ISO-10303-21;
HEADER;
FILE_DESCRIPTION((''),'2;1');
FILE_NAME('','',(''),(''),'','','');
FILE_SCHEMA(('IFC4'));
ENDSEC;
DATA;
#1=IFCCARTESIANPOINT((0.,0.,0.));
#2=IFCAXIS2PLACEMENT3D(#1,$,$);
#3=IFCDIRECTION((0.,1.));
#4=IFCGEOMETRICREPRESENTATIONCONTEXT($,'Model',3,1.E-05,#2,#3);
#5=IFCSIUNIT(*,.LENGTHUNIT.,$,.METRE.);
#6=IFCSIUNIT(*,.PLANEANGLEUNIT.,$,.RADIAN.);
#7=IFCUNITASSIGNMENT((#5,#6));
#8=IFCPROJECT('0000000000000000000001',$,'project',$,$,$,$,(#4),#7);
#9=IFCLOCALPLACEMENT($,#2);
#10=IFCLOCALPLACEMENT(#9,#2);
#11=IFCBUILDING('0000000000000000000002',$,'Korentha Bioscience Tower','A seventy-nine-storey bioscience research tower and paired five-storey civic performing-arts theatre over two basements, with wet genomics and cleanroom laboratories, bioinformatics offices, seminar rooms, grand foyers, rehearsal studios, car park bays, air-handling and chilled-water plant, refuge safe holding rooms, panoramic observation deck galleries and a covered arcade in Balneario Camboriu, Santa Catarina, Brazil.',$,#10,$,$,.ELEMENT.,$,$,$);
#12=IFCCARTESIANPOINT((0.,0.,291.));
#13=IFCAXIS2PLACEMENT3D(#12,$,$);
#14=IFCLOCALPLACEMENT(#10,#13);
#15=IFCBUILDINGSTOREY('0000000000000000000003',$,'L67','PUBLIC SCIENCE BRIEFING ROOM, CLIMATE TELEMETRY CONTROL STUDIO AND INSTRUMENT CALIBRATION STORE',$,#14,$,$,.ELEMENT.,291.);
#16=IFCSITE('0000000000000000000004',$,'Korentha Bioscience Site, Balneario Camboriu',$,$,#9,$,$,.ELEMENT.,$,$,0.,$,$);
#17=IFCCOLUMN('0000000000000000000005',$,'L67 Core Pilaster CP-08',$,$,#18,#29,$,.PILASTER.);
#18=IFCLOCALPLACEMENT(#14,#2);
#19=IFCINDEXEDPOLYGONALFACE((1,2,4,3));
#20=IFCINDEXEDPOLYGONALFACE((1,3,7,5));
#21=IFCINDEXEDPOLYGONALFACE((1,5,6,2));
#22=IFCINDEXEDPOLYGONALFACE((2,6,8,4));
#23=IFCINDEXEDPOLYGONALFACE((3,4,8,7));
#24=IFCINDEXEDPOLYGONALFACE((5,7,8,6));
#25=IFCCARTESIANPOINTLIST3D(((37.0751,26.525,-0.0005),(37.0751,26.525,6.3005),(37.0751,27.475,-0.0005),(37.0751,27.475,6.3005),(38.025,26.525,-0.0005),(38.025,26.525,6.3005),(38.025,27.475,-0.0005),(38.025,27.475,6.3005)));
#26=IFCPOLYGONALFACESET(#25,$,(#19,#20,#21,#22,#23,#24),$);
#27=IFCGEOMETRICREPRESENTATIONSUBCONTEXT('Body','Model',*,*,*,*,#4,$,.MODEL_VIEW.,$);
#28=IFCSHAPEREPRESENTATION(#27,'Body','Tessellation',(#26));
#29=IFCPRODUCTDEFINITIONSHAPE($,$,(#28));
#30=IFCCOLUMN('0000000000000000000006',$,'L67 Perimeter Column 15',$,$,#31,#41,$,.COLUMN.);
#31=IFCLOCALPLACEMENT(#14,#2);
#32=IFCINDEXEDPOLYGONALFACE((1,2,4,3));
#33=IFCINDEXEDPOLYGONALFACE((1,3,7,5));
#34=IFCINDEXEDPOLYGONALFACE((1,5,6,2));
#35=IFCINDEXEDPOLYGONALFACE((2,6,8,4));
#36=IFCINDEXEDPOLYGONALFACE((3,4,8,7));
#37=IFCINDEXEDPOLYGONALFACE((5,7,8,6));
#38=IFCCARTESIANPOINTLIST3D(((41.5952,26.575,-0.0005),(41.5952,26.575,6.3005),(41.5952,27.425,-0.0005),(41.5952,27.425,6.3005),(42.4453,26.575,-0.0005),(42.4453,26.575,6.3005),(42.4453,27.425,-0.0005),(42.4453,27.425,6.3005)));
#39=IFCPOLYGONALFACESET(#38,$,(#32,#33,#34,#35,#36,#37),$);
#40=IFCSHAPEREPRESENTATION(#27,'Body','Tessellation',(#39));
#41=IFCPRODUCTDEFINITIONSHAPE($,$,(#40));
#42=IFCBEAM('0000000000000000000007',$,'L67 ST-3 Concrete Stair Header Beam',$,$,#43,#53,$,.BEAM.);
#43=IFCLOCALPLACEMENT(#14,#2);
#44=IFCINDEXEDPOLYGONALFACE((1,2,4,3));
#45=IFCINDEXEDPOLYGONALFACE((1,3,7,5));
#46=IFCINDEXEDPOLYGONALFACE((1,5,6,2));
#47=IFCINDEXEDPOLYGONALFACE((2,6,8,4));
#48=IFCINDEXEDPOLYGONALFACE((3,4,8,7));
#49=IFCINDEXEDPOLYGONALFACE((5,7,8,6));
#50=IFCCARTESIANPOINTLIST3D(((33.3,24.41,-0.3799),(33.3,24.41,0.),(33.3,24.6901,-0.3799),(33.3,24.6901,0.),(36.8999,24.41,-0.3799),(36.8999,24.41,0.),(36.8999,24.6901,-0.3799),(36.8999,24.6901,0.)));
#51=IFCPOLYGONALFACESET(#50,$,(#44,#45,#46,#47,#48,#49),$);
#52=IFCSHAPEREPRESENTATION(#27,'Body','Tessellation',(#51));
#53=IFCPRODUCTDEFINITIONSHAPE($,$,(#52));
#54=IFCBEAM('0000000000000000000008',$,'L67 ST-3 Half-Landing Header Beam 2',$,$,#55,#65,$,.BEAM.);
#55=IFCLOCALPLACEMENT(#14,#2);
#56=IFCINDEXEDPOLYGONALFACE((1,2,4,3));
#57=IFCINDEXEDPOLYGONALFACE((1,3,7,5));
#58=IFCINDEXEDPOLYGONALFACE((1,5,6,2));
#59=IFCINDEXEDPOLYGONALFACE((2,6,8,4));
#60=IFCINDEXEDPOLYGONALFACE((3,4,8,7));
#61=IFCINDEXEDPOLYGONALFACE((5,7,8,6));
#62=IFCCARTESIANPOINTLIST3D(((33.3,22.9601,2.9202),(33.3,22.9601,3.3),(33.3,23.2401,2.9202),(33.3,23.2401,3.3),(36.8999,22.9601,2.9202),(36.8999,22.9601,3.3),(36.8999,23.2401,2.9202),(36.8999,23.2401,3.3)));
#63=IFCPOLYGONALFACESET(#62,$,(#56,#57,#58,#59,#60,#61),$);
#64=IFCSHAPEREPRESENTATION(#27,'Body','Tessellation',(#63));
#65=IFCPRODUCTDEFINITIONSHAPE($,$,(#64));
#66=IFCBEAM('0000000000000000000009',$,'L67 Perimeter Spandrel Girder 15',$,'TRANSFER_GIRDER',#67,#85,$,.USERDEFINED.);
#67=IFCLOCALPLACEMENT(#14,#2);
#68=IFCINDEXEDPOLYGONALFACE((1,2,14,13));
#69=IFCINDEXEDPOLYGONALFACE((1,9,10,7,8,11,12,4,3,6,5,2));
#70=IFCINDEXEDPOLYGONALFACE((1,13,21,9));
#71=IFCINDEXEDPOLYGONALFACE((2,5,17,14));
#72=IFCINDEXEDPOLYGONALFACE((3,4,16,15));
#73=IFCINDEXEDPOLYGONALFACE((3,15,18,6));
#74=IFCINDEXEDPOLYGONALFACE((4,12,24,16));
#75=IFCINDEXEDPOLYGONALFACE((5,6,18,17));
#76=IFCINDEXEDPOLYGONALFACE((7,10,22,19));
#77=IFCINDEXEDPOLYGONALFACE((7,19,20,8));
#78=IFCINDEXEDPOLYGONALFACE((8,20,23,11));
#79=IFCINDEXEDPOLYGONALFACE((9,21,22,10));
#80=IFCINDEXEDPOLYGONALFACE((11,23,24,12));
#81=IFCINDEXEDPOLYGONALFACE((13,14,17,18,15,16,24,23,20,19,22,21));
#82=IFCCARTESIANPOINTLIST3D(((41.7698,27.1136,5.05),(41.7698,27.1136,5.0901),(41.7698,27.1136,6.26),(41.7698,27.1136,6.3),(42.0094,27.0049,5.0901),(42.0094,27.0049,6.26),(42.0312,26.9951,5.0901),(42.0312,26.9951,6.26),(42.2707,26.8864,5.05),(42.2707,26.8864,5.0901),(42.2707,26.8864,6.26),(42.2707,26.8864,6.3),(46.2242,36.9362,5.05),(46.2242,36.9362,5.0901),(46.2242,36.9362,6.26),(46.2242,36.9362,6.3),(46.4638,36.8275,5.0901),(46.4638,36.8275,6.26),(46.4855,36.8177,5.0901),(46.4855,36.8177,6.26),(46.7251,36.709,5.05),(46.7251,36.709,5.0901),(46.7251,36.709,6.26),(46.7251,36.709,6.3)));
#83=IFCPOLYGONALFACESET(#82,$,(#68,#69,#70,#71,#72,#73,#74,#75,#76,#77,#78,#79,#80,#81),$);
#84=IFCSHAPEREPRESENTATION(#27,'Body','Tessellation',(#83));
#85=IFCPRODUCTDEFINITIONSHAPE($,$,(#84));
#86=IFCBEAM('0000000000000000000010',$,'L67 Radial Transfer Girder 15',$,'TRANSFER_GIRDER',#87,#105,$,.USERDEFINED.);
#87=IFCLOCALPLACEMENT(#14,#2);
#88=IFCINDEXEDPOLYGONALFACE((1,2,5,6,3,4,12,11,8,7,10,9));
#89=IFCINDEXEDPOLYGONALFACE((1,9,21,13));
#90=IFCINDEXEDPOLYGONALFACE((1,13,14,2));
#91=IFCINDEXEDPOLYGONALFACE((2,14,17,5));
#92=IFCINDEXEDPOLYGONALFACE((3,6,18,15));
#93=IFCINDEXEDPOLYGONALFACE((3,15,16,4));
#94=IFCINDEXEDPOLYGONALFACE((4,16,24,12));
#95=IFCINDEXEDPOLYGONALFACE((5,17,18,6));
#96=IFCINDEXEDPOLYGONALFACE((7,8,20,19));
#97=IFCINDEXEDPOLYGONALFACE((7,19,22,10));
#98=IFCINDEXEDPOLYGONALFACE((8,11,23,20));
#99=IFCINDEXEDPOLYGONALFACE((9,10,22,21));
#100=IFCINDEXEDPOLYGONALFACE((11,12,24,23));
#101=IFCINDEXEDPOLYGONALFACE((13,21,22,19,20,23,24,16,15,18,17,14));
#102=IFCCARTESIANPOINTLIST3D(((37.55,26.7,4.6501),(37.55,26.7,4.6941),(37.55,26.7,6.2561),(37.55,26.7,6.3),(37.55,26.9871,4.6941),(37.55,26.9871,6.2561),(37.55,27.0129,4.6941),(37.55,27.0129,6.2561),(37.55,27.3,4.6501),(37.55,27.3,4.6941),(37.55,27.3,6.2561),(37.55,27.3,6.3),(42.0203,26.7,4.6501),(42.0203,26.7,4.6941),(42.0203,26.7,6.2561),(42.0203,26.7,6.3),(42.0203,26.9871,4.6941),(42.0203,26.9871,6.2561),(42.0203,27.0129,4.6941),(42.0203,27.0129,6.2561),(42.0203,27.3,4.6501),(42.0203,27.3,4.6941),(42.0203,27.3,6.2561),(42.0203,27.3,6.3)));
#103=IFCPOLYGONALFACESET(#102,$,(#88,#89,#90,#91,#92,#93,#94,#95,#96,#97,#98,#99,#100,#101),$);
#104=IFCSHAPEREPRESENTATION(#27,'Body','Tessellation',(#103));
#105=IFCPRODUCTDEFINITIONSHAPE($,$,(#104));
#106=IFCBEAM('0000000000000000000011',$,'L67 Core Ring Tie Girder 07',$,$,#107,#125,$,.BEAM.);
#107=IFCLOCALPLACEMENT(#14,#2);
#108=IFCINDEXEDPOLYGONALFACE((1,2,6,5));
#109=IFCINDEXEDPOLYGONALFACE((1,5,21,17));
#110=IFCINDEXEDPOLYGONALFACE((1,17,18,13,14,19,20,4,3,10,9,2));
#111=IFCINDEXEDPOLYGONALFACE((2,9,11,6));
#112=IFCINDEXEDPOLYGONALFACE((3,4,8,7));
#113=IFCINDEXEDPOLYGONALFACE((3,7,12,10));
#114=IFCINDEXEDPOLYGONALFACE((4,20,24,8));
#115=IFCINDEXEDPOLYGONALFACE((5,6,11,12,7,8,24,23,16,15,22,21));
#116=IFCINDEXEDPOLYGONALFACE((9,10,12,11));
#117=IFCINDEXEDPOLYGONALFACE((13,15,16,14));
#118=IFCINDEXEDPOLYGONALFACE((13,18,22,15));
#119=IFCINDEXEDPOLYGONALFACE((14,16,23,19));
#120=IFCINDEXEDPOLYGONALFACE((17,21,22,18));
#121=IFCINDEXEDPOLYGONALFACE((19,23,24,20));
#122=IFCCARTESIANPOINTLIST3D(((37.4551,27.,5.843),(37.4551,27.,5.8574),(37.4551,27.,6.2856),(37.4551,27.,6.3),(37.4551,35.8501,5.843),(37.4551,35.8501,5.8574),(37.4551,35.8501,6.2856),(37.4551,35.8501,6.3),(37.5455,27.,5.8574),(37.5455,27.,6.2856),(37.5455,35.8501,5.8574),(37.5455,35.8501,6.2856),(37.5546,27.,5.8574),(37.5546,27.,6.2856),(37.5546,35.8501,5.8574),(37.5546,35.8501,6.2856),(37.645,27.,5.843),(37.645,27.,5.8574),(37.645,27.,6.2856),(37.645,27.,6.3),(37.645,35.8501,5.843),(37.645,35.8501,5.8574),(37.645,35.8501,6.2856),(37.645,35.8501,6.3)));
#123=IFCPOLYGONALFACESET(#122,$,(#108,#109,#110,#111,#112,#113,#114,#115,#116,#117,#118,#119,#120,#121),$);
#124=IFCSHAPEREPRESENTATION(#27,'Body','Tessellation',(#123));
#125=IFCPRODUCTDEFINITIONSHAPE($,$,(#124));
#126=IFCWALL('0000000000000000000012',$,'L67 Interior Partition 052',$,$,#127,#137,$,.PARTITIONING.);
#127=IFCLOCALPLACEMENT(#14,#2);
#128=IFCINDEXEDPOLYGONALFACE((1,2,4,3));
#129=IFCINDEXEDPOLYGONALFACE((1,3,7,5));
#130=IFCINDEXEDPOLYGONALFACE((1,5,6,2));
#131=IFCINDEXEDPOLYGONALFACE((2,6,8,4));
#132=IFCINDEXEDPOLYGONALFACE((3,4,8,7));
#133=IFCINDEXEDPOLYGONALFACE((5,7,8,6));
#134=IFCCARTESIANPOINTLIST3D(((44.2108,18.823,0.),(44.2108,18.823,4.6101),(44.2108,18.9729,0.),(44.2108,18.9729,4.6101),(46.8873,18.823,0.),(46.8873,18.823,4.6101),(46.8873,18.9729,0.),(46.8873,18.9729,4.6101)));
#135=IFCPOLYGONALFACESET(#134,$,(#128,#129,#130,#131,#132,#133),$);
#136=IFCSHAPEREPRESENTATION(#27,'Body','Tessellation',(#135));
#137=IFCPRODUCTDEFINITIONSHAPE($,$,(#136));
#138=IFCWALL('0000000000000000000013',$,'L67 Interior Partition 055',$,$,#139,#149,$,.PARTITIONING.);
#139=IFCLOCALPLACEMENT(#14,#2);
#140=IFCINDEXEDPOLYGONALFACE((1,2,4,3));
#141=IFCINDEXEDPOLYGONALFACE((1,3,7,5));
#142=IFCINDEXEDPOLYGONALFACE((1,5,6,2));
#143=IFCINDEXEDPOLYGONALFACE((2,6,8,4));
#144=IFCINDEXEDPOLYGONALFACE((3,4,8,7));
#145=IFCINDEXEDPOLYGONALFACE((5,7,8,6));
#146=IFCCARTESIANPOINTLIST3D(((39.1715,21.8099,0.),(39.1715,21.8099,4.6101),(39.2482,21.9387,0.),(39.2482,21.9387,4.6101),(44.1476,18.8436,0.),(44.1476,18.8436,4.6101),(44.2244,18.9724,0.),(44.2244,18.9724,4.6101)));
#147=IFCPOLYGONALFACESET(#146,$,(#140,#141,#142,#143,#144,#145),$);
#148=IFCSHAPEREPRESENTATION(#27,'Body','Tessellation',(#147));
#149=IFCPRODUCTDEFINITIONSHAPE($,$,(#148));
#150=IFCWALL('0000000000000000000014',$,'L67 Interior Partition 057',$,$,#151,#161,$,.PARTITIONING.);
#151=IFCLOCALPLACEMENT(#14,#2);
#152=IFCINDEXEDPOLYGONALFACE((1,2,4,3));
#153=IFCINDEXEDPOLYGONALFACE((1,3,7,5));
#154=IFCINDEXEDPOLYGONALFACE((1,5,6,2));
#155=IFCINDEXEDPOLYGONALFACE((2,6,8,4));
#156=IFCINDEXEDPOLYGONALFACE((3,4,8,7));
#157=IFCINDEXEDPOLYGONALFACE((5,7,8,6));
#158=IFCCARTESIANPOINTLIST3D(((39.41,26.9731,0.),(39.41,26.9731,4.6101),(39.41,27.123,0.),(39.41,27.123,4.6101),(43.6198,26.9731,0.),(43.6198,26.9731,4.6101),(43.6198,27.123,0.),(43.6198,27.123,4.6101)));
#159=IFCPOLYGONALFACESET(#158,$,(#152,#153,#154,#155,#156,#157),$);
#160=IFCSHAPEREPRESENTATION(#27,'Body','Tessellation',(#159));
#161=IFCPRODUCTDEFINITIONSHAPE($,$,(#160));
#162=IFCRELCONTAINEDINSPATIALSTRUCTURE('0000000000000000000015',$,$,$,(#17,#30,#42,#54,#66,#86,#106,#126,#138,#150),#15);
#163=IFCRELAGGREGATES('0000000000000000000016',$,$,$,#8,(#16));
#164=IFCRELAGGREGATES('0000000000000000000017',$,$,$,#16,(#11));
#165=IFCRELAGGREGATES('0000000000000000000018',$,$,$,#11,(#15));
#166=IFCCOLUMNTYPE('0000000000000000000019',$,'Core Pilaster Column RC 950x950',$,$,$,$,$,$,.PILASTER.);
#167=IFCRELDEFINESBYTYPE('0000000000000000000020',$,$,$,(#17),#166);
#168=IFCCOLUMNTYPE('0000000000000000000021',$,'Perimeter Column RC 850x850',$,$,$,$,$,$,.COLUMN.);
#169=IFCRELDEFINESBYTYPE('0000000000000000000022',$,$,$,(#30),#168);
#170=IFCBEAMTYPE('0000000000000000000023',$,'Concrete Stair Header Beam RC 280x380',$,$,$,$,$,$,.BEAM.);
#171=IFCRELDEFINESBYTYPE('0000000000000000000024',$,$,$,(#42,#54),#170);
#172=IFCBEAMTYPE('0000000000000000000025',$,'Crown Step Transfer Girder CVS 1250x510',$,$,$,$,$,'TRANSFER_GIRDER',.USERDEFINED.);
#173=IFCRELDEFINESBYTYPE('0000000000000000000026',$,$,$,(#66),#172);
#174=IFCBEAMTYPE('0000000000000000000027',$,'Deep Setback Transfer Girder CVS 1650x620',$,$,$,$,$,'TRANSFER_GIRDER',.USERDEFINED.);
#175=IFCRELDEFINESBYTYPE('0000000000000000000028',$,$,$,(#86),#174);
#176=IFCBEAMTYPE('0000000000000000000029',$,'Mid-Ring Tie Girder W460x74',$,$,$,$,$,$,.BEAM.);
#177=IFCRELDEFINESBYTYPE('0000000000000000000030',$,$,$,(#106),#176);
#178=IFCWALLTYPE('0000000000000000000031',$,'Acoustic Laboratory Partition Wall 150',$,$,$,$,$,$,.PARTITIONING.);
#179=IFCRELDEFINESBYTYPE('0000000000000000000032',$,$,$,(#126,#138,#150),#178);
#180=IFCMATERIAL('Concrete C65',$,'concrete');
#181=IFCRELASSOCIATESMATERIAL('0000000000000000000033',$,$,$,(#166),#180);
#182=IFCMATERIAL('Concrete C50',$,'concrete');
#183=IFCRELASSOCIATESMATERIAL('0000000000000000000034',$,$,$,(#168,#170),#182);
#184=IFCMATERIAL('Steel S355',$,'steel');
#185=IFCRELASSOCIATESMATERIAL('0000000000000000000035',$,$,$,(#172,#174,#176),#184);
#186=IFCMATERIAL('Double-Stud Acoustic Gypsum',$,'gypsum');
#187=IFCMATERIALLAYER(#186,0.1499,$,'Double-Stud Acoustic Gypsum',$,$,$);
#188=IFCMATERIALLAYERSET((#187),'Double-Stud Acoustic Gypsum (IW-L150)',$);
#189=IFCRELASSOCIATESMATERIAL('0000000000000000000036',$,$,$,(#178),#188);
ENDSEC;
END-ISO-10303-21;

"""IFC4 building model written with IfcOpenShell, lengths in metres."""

from ifc_helpers import new_model, si_unit, direction, frame, frame_2d, origin, origin_2d, place, context, subcontext, project, spatial, rectangle, i_section, extrude, material, layer, layer_set, material_profile, profile_set, type_object, element, save


model = new_model("IFC4")

# Units and contexts
model_context = context("Model", 3, precision=1e-05, world=origin(), true_north=direction((0.0, 1.0)))
body_context = subcontext(model_context, "Body", "Model", "MODEL_VIEW")
ifc_project = project(units=[si_unit("LENGTHUNIT", "METRE"), si_unit("PLANEANGLEUNIT", "RADIAN")], contexts=[model_context])

# Site, building, storey
site_placement = place(None, origin())
site = spatial("IfcSite", under=ifc_project, at=site_placement, Name="Korentha Bioscience Site, Balneario Camboriu", CompositionType="ELEMENT", RefElevation=0.0)
building_placement = place(site_placement, origin())
building = spatial("IfcBuilding", under=site, at=building_placement, Name="Korentha Bioscience Tower", Description="A seventy-nine-storey bioscience research tower and paired five-storey civic performing-arts theatre over two basements, with wet genomics and cleanroom laboratories, bioinformatics offices, seminar rooms, grand foyers, rehearsal studios, car park bays, air-handling and chilled-water plant, refuge safe holding rooms, panoramic observation deck galleries and a covered arcade in Balneario Camboriu, Santa Catarina, Brazil.", CompositionType="ELEMENT")
storey_placement = place(building_placement, frame((0.0, 0.0, 291.0)))
storey = spatial("IfcBuildingStorey", under=building, at=storey_placement, Name="L67", Description="PUBLIC SCIENCE BRIEFING ROOM, CLIMATE TELEMETRY CONTROL STUDIO AND INSTRUMENT CALIBRATION STORE", CompositionType="ELEMENT", Elevation=291.0)

# Columns
ifc_material_1 = material(Name="Concrete C65", Category="concrete")
ifc_material_profile_1 = material_profile(ifc_material_1, rectangle(XDim=0.95, YDim=0.95, at=origin_2d()), Name="Concrete C65")
ifc_profile_set_1 = profile_set([ifc_material_profile_1], Name="Concrete C65 (COL-CP09)")
column_type_1 = type_object("IfcColumnType", Name="Core Pilaster Column RC 950x950", PredefinedType="PILASTER", material=ifc_profile_set_1)
column_1_placement = place(storey_placement, frame((37.55, 27.0, -0.0005), z_axis=(0.0, 0.0, 1.0), x_axis=(1.0, 0.0, 0.0)))
element("IfcColumn", 1, at=column_1_placement, inside=storey, type_object=column_type_1, Name="L67 Core Pilaster CP-08", PredefinedType="PILASTER", context=body_context, shape_type="SweptSolid", body=[
    extrude(rectangle(XDim=0.95, YDim=0.95, at=origin_2d()), origin(), (0.0, 0.0, 1.0), 6.301),
])
ifc_material_2 = material(Name="Concrete C50", Category="concrete")
ifc_material_profile_2 = material_profile(ifc_material_2, rectangle(XDim=0.8501, YDim=0.8501, at=origin_2d()), Name="Concrete C50")
ifc_profile_set_2 = profile_set([ifc_material_profile_2], Name="Concrete C50 (COL-P08)")
column_type_2 = type_object("IfcColumnType", Name="Perimeter Column RC 850x850", PredefinedType="COLUMN", material=ifc_profile_set_2)
column_2_placement = place(storey_placement, frame((42.0203, 27.0, -0.0005), z_axis=(0.0, 0.0, 1.0), x_axis=(0.0, 1.0, 0.0)))
element("IfcColumn", 2, at=column_2_placement, inside=storey, type_object=column_type_2, Name="L67 Perimeter Column 15", PredefinedType="COLUMN", context=body_context, shape_type="SweptSolid", body=[
    extrude(rectangle(XDim=0.8501, YDim=0.8501, at=origin_2d()), origin(), (0.0, 0.0, 1.0), 6.301),
])

# Beams
ifc_material_profile_3 = material_profile(ifc_material_2, rectangle(XDim=0.28, YDim=0.3799, at=origin_2d()), Name="Concrete C50")
ifc_profile_set_3 = profile_set([ifc_material_profile_3], Name="Concrete C50 (ST-HB380)")
beam_type_1 = type_object("IfcBeamType", Name="Concrete Stair Header Beam RC 280x380", PredefinedType="BEAM", material=ifc_profile_set_3)
for number, where, z_axis, x_axis, name in (
    (3, (36.8999, 24.55, -0.1899), (-1.0, 0.0, 0.0), (0.0, -1.0, 0.0), "L67 ST-3 Concrete Stair Header Beam"),
    (4, (36.8999, 23.1001, 3.1101), (-1.0, 0.0, 0.0), (0.0, -1.0, 0.0), "L67 ST-3 Half-Landing Header Beam 2"),
):
    element("IfcBeam", number, at=place(storey_placement, frame(where, z_axis=z_axis, x_axis=x_axis)), inside=storey, type_object=beam_type_1, Name=name, PredefinedType="BEAM", context=body_context, shape_type="SweptSolid", body=[
        extrude(rectangle(XDim=0.28, YDim=0.3799, at=origin_2d()), origin(), (0.0, 0.0, 1.0), 3.5999),
    ])
ifc_material_3 = material(Name="Steel S355", Category="steel")
ifc_material_profile_4 = material_profile(ifc_material_3, i_section(OverallWidth=0.55, OverallDepth=1.25, WebThickness=0.0239, FlangeThickness=0.04, at=origin_2d()), Name="Steel S355")
ifc_profile_set_4 = profile_set([ifc_material_profile_4], Name="Steel S355 (TG-03)")
beam_type_2 = type_object("IfcBeamType", Name="Crown Step Transfer Girder CVS 1250x510", ElementType="TRANSFER_GIRDER", PredefinedType="USERDEFINED", material=ifc_profile_set_4)
beam_1_placement = place(storey_placement, frame((42.0203, 27.0, 5.675), z_axis=(0.413001, 0.91073, 0.0), x_axis=(-0.91073, 0.413001, 0.0)))
element("IfcBeam", 5, at=beam_1_placement, inside=storey, type_object=beam_type_2, Name="L67 Perimeter Spandrel Girder 15", ObjectType="TRANSFER_GIRDER", PredefinedType="USERDEFINED", context=body_context, shape_type="SweptSolid", body=[
    extrude(i_section(OverallWidth=0.55, OverallDepth=1.25, WebThickness=0.0239, FlangeThickness=0.04, at=origin_2d()), origin(), (0.0, 0.0, 1.0), 10.7854),
])
ifc_material_profile_5 = material_profile(ifc_material_3, i_section(OverallWidth=0.6001, OverallDepth=1.6499, WebThickness=0.0259, FlangeThickness=0.0439, at=origin_2d()), Name="Steel S355")
ifc_profile_set_5 = profile_set([ifc_material_profile_5], Name="Steel S355 (TG-04)")
beam_type_3 = type_object("IfcBeamType", Name="Deep Setback Transfer Girder CVS 1650x620", ElementType="TRANSFER_GIRDER", PredefinedType="USERDEFINED", material=ifc_profile_set_5)
beam_2_placement = place(storey_placement, frame((37.55, 27.0, 5.4751), z_axis=(1.0, 0.0, 0.0), x_axis=(0.0, 1.0, 0.0)))
element("IfcBeam", 6, at=beam_2_placement, inside=storey, type_object=beam_type_3, Name="L67 Radial Transfer Girder 15", ObjectType="TRANSFER_GIRDER", PredefinedType="USERDEFINED", context=body_context, shape_type="SweptSolid", body=[
    extrude(i_section(OverallWidth=0.6001, OverallDepth=1.6499, WebThickness=0.0259, FlangeThickness=0.0439, at=origin_2d()), origin(), (0.0, 0.0, 1.0), 4.4702),
])
ifc_material_profile_6 = material_profile(ifc_material_3, i_section(OverallWidth=0.1899, OverallDepth=0.457, WebThickness=0.009, FlangeThickness=0.0144, at=origin_2d()), Name="Steel S355")
ifc_profile_set_6 = profile_set([ifc_material_profile_6], Name="Steel S355 (MB-460)")
beam_type_4 = type_object("IfcBeamType", Name="Mid-Ring Tie Girder W460x74", PredefinedType="BEAM", material=ifc_profile_set_6)
beam_3_placement = place(storey_placement, frame((37.55, 27.0, 6.0715), z_axis=(0.0, 1.0, 0.0), x_axis=(-1.0, 0.0, 0.0)))
element("IfcBeam", 7, at=beam_3_placement, inside=storey, type_object=beam_type_4, Name="L67 Core Ring Tie Girder 07", PredefinedType="BEAM", context=body_context, shape_type="SweptSolid", body=[
    extrude(i_section(OverallWidth=0.1899, OverallDepth=0.457, WebThickness=0.009, FlangeThickness=0.0144, at=origin_2d()), origin(), (0.0, 0.0, 1.0), 8.8501),
])

# Shared definitions
ifc_material_4 = material(Name="Double-Stud Acoustic Gypsum", Category="gypsum")
ifc_layer_1 = layer(ifc_material_4, 0.1499, Name="Double-Stud Acoustic Gypsum")
ifc_layer_set_1 = layer_set([ifc_layer_1], Name="Double-Stud Acoustic Gypsum (IW-L150)")
wall_type_1 = type_object("IfcWallType", Name="Acoustic Laboratory Partition Wall 150", PredefinedType="PARTITIONING", material=ifc_layer_set_1)

# Walls
wall_1_placement = place(storey_placement, frame((44.2107, 18.8979, 0.0), z_axis=(0.0, 0.0, 1.0), x_axis=(1.0, 0.0, 0.0)))
element("IfcWall", 8, at=wall_1_placement, inside=storey, type_object=wall_type_1, Name="L67 Interior Partition 052", PredefinedType="PARTITIONING", context=body_context, shape_type="SweptSolid", body=[
    extrude(rectangle(XDim=2.6765, YDim=0.1499, at=frame_2d((1.3384, 0.0))), origin(), (0.0, 0.0, 1.0), 4.6101),
])
wall_2_placement = place(storey_placement, frame((39.21, 21.8743, 0.0), z_axis=(0.0, 0.0, 1.0), x_axis=(0.858962, -0.512039, 0.0)))
element("IfcWall", 9, at=wall_2_placement, inside=storey, type_object=wall_type_1, Name="L67 Interior Partition 055", PredefinedType="PARTITIONING", context=body_context, shape_type="SweptSolid", body=[
    extrude(rectangle(XDim=5.7932, YDim=0.1499, at=frame_2d((2.8965, 0.0))), origin(), (0.0, 0.0, 1.0), 4.6101),
])
wall_3_placement = place(storey_placement, frame((39.4099, 27.0481, 0.0), z_axis=(0.0, 0.0, 1.0), x_axis=(1.0, 0.0, 0.0)))
element("IfcWall", 10, at=wall_3_placement, inside=storey, type_object=wall_type_1, Name="L67 Interior Partition 057", PredefinedType="PARTITIONING", context=body_context, shape_type="SweptSolid", body=[
    extrude(rectangle(XDim=4.2097, YDim=0.1499, at=frame_2d((2.105, 0.0))), origin(), (0.0, 0.0, 1.0), 4.6101),
])

save(model, "model.ifc")
